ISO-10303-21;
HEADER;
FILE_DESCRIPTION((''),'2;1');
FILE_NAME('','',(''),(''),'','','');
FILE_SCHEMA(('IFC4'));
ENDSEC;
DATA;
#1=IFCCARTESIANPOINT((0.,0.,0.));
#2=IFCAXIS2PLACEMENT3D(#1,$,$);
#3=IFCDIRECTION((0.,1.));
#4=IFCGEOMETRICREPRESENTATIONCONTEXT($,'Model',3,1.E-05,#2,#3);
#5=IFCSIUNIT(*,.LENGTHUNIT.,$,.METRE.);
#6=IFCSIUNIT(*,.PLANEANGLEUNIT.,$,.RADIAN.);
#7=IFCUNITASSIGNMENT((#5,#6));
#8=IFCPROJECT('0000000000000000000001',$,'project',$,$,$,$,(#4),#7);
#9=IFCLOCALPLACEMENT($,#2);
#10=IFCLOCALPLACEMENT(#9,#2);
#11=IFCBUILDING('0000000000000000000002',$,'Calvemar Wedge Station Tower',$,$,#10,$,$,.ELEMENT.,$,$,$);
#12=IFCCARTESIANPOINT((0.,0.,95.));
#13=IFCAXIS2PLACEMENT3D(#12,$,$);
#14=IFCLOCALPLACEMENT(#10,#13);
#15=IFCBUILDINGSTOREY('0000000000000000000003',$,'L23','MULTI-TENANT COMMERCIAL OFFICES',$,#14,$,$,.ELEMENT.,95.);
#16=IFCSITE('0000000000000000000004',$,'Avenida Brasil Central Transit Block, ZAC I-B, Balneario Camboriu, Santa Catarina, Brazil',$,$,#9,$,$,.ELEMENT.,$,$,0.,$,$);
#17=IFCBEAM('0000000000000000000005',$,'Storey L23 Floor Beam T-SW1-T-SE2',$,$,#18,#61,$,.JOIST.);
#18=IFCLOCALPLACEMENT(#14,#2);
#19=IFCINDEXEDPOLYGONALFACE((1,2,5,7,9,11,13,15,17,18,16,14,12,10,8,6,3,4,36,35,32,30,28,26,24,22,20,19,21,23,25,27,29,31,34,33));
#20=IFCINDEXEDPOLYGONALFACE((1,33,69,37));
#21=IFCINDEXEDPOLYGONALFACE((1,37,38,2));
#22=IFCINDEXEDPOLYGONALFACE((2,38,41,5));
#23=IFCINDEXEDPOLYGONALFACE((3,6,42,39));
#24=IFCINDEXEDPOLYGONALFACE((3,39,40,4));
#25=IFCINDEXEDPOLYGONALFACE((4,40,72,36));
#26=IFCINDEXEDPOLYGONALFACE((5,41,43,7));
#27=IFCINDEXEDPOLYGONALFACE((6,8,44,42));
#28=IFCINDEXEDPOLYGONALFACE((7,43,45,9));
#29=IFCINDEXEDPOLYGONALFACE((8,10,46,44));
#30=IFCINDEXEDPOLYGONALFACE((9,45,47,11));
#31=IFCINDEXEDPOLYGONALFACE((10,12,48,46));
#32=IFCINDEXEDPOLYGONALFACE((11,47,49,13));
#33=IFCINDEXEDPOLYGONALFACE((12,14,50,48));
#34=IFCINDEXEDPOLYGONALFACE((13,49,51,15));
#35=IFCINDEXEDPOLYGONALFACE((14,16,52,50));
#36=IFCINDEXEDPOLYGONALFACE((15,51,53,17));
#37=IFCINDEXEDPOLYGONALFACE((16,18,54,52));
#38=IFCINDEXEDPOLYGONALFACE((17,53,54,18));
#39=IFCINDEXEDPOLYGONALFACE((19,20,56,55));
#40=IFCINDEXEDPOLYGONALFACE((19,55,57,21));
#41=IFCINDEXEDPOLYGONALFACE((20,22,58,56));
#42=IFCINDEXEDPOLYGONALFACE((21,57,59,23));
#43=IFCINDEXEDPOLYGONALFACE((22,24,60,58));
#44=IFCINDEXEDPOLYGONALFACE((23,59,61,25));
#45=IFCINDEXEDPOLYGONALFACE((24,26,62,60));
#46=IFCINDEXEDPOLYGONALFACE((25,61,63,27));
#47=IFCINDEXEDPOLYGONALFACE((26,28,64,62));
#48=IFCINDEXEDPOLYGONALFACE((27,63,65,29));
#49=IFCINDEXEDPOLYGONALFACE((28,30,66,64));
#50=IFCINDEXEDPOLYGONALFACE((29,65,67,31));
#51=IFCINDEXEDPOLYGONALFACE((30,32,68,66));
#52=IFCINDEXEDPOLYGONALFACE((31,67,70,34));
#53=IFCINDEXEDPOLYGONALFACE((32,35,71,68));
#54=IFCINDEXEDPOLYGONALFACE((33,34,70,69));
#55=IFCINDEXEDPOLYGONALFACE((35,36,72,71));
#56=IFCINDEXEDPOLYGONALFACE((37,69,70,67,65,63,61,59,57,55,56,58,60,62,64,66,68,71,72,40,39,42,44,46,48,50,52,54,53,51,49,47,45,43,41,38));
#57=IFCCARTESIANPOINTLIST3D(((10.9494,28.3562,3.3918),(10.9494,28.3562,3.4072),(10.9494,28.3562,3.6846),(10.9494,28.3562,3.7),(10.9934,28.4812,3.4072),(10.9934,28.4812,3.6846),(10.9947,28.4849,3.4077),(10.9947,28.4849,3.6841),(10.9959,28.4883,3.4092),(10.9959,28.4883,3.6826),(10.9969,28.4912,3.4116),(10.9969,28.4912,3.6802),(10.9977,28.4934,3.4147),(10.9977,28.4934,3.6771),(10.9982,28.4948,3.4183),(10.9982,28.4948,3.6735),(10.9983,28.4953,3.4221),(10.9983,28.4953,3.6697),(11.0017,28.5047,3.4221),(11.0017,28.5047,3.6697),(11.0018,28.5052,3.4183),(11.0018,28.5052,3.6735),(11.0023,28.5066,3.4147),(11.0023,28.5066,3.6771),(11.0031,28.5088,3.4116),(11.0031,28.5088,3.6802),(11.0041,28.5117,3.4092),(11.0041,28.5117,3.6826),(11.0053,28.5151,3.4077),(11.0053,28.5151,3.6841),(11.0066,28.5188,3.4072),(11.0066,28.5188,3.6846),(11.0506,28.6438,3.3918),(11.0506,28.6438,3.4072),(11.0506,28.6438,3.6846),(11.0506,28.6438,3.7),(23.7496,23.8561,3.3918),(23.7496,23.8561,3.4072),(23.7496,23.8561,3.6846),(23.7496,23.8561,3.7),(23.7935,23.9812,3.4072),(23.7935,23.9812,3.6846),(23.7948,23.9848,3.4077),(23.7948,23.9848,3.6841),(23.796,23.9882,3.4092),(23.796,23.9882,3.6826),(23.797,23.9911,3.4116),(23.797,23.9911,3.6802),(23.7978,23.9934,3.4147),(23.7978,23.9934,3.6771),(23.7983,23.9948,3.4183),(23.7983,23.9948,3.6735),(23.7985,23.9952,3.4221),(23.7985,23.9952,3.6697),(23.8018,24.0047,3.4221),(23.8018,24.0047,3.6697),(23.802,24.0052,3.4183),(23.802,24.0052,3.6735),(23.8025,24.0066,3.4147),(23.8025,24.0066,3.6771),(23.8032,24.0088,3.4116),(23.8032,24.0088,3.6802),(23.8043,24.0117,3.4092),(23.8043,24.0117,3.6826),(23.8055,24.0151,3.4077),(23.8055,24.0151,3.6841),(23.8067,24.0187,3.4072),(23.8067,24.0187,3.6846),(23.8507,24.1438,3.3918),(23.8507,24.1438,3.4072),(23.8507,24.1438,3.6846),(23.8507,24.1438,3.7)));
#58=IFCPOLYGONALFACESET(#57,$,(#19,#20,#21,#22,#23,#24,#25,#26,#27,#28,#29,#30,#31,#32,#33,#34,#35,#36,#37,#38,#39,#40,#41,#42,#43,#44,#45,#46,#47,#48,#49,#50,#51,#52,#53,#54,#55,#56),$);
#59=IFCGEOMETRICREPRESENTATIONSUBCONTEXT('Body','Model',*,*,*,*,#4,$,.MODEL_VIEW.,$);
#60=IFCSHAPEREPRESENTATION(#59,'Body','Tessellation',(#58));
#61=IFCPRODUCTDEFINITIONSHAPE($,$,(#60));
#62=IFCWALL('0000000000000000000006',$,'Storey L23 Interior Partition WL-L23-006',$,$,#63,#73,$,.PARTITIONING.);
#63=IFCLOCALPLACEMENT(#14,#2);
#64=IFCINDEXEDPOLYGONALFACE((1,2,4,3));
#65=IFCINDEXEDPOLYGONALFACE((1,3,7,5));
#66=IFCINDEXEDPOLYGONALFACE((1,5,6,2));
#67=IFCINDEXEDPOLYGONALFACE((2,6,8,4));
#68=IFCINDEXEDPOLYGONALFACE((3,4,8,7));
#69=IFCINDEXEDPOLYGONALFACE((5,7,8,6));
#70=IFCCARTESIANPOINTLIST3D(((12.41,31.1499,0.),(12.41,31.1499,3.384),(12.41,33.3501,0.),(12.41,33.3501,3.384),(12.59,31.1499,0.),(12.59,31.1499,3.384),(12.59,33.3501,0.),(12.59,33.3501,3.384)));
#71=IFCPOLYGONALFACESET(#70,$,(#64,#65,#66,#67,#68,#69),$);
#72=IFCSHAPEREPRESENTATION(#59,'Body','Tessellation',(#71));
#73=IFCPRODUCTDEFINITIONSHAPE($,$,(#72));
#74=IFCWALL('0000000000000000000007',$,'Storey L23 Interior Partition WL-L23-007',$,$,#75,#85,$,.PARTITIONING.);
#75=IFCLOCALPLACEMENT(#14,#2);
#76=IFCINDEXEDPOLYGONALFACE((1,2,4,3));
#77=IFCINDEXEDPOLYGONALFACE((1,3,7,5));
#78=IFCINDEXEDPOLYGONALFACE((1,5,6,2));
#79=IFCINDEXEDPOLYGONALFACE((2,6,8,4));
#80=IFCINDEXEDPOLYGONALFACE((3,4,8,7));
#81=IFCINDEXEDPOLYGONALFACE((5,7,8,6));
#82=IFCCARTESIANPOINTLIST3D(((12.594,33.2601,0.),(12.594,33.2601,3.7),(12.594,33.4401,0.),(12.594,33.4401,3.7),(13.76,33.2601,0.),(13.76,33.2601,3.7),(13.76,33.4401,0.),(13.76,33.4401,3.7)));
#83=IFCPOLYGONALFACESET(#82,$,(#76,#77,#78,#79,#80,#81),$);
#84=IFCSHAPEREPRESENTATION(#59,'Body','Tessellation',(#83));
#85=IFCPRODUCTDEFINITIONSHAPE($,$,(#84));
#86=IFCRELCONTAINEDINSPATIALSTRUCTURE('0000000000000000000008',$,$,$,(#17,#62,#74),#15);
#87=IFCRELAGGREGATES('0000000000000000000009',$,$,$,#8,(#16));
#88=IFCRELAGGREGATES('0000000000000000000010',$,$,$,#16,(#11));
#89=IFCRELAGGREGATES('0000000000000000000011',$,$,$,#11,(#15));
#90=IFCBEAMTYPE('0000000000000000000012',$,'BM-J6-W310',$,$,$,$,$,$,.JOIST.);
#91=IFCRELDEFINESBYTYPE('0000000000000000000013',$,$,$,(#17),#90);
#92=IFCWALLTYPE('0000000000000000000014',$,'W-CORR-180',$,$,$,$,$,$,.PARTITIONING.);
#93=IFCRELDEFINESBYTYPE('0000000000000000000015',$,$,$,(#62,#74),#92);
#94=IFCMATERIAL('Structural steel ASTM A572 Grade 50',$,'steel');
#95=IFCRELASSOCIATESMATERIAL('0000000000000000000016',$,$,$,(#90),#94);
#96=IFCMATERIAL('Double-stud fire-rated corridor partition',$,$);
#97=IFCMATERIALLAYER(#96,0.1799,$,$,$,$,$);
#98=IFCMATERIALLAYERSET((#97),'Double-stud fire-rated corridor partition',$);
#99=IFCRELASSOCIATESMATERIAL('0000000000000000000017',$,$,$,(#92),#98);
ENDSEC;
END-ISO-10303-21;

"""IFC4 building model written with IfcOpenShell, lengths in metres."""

from ifc_helpers import new_model, si_unit, direction, frame, frame_2d, origin, origin_2d, place, context, subcontext, project, spatial, rectangle, i_section, extrude, source, transform, mapped, material, layer, layer_set, material_profile, profile_set, type_object, element, save


model = new_model("IFC4")

# Units and contexts
model_context = context("Model", 3, precision=1e-05, world=origin(), true_north=direction((0.0, 1.0)))
body_context = subcontext(model_context, "Body", "Model", "MODEL_VIEW")
ifc_project = project(units=[si_unit("LENGTHUNIT", "METRE"), si_unit("PLANEANGLEUNIT", "RADIAN")], contexts=[model_context])

# Site, building, storey
site_placement = place(None, origin())
site = spatial("IfcSite", under=ifc_project, at=site_placement, Name="Avenida Brasil Central Transit Block, ZAC I-B, Balneario Camboriu, Santa Catarina, Brazil", CompositionType="ELEMENT", RefElevation=0.0)
building_placement = place(site_placement, origin())
building = spatial("IfcBuilding", under=site, at=building_placement, Name="Calvemar Wedge Station Tower", CompositionType="ELEMENT")
storey_placement = place(building_placement, frame((0.0, 0.0, 95.0)))
storey = spatial("IfcBuildingStorey", under=building, at=storey_placement, Name="L23", Description="MULTI-TENANT COMMERCIAL OFFICES", CompositionType="ELEMENT", Elevation=95.0)

# Beam
ifc_material_1 = material(Name="Structural steel ASTM A572 Grade 50", Category="steel")
ifc_material_profile_1 = material_profile(ifc_material_1, i_section(OverallWidth=0.3049, OverallDepth=0.3081, WebThickness=0.01, FlangeThickness=0.0154, FilletRadius=0.0149, at=origin_2d()), Name="W310x97")
ifc_profile_set_1 = profile_set([ifc_material_profile_1], Name="Structural steel ASTM A572 Grade 50")
beam_type_1 = type_object("IfcBeamType", Name="BM-J6-W310", PredefinedType="JOIST", material=ifc_profile_set_1)
shared_shape_1 = source(origin(), body_context, "Body", "SweptSolid", [
    extrude(i_section(OverallWidth=0.3049, OverallDepth=0.3081, WebThickness=0.01, FlangeThickness=0.0154, FilletRadius=0.0149, at=origin_2d()), origin(), (0.0, 0.0, 1.0), 13.5681),
])
for number, where, z_axis, x_axis, name in (
    (1, (11.0, 28.5, 3.5459), (0.943398, -0.331662, 0.0), (0.331662, 0.943398, 0.0), "Storey L23 Floor Beam T-SW1-T-SE2"),
):
    element("IfcBeam", number, at=place(storey_placement, frame(where, z_axis=z_axis, x_axis=x_axis)), inside=storey, type_object=beam_type_1, Name=name, PredefinedType="JOIST", context=body_context, shape_type="MappedRepresentation", body=[
        mapped(shared_shape_1, transform((0.0, 0.0, 0.0), scale=1.0)),
    ])

# Walls
ifc_material_2 = material(Name="Double-stud fire-rated corridor partition")
ifc_layer_1 = layer(ifc_material_2, 0.1799)
ifc_layer_set_1 = layer_set([ifc_layer_1], Name="Double-stud fire-rated corridor partition")
wall_type_1 = type_object("IfcWallType", Name="W-CORR-180", PredefinedType="PARTITIONING", material=ifc_layer_set_1)
wall_1_placement = place(storey_placement, frame((12.5, 31.1499, 0.0), z_axis=(0.0, 0.0, 1.0), x_axis=(0.0, 1.0, 0.0)))
element("IfcWall", 2, at=wall_1_placement, inside=storey, type_object=wall_type_1, Name="Storey L23 Interior Partition WL-L23-006", PredefinedType="PARTITIONING", context=body_context, shape_type="SweptSolid", body=[
    extrude(rectangle(XDim=2.2002, YDim=0.1799, at=frame_2d((1.1001, 0.0))), origin(), (0.0, 0.0, 1.0), 3.384),
])
wall_2_placement = place(storey_placement, frame((12.594, 33.3501, 0.0), z_axis=(0.0, 0.0, 1.0), x_axis=(1.0, 0.0, 0.0)))
element("IfcWall", 3, at=wall_2_placement, inside=storey, type_object=wall_type_1, Name="Storey L23 Interior Partition WL-L23-007", PredefinedType="PARTITIONING", context=body_context, shape_type="SweptSolid", body=[
    extrude(rectangle(XDim=1.166, YDim=0.1799, at=frame_2d((0.583, 0.0))), origin(), (0.0, 0.0, 1.0), 3.7),
])

save(model, "model.ifc")
